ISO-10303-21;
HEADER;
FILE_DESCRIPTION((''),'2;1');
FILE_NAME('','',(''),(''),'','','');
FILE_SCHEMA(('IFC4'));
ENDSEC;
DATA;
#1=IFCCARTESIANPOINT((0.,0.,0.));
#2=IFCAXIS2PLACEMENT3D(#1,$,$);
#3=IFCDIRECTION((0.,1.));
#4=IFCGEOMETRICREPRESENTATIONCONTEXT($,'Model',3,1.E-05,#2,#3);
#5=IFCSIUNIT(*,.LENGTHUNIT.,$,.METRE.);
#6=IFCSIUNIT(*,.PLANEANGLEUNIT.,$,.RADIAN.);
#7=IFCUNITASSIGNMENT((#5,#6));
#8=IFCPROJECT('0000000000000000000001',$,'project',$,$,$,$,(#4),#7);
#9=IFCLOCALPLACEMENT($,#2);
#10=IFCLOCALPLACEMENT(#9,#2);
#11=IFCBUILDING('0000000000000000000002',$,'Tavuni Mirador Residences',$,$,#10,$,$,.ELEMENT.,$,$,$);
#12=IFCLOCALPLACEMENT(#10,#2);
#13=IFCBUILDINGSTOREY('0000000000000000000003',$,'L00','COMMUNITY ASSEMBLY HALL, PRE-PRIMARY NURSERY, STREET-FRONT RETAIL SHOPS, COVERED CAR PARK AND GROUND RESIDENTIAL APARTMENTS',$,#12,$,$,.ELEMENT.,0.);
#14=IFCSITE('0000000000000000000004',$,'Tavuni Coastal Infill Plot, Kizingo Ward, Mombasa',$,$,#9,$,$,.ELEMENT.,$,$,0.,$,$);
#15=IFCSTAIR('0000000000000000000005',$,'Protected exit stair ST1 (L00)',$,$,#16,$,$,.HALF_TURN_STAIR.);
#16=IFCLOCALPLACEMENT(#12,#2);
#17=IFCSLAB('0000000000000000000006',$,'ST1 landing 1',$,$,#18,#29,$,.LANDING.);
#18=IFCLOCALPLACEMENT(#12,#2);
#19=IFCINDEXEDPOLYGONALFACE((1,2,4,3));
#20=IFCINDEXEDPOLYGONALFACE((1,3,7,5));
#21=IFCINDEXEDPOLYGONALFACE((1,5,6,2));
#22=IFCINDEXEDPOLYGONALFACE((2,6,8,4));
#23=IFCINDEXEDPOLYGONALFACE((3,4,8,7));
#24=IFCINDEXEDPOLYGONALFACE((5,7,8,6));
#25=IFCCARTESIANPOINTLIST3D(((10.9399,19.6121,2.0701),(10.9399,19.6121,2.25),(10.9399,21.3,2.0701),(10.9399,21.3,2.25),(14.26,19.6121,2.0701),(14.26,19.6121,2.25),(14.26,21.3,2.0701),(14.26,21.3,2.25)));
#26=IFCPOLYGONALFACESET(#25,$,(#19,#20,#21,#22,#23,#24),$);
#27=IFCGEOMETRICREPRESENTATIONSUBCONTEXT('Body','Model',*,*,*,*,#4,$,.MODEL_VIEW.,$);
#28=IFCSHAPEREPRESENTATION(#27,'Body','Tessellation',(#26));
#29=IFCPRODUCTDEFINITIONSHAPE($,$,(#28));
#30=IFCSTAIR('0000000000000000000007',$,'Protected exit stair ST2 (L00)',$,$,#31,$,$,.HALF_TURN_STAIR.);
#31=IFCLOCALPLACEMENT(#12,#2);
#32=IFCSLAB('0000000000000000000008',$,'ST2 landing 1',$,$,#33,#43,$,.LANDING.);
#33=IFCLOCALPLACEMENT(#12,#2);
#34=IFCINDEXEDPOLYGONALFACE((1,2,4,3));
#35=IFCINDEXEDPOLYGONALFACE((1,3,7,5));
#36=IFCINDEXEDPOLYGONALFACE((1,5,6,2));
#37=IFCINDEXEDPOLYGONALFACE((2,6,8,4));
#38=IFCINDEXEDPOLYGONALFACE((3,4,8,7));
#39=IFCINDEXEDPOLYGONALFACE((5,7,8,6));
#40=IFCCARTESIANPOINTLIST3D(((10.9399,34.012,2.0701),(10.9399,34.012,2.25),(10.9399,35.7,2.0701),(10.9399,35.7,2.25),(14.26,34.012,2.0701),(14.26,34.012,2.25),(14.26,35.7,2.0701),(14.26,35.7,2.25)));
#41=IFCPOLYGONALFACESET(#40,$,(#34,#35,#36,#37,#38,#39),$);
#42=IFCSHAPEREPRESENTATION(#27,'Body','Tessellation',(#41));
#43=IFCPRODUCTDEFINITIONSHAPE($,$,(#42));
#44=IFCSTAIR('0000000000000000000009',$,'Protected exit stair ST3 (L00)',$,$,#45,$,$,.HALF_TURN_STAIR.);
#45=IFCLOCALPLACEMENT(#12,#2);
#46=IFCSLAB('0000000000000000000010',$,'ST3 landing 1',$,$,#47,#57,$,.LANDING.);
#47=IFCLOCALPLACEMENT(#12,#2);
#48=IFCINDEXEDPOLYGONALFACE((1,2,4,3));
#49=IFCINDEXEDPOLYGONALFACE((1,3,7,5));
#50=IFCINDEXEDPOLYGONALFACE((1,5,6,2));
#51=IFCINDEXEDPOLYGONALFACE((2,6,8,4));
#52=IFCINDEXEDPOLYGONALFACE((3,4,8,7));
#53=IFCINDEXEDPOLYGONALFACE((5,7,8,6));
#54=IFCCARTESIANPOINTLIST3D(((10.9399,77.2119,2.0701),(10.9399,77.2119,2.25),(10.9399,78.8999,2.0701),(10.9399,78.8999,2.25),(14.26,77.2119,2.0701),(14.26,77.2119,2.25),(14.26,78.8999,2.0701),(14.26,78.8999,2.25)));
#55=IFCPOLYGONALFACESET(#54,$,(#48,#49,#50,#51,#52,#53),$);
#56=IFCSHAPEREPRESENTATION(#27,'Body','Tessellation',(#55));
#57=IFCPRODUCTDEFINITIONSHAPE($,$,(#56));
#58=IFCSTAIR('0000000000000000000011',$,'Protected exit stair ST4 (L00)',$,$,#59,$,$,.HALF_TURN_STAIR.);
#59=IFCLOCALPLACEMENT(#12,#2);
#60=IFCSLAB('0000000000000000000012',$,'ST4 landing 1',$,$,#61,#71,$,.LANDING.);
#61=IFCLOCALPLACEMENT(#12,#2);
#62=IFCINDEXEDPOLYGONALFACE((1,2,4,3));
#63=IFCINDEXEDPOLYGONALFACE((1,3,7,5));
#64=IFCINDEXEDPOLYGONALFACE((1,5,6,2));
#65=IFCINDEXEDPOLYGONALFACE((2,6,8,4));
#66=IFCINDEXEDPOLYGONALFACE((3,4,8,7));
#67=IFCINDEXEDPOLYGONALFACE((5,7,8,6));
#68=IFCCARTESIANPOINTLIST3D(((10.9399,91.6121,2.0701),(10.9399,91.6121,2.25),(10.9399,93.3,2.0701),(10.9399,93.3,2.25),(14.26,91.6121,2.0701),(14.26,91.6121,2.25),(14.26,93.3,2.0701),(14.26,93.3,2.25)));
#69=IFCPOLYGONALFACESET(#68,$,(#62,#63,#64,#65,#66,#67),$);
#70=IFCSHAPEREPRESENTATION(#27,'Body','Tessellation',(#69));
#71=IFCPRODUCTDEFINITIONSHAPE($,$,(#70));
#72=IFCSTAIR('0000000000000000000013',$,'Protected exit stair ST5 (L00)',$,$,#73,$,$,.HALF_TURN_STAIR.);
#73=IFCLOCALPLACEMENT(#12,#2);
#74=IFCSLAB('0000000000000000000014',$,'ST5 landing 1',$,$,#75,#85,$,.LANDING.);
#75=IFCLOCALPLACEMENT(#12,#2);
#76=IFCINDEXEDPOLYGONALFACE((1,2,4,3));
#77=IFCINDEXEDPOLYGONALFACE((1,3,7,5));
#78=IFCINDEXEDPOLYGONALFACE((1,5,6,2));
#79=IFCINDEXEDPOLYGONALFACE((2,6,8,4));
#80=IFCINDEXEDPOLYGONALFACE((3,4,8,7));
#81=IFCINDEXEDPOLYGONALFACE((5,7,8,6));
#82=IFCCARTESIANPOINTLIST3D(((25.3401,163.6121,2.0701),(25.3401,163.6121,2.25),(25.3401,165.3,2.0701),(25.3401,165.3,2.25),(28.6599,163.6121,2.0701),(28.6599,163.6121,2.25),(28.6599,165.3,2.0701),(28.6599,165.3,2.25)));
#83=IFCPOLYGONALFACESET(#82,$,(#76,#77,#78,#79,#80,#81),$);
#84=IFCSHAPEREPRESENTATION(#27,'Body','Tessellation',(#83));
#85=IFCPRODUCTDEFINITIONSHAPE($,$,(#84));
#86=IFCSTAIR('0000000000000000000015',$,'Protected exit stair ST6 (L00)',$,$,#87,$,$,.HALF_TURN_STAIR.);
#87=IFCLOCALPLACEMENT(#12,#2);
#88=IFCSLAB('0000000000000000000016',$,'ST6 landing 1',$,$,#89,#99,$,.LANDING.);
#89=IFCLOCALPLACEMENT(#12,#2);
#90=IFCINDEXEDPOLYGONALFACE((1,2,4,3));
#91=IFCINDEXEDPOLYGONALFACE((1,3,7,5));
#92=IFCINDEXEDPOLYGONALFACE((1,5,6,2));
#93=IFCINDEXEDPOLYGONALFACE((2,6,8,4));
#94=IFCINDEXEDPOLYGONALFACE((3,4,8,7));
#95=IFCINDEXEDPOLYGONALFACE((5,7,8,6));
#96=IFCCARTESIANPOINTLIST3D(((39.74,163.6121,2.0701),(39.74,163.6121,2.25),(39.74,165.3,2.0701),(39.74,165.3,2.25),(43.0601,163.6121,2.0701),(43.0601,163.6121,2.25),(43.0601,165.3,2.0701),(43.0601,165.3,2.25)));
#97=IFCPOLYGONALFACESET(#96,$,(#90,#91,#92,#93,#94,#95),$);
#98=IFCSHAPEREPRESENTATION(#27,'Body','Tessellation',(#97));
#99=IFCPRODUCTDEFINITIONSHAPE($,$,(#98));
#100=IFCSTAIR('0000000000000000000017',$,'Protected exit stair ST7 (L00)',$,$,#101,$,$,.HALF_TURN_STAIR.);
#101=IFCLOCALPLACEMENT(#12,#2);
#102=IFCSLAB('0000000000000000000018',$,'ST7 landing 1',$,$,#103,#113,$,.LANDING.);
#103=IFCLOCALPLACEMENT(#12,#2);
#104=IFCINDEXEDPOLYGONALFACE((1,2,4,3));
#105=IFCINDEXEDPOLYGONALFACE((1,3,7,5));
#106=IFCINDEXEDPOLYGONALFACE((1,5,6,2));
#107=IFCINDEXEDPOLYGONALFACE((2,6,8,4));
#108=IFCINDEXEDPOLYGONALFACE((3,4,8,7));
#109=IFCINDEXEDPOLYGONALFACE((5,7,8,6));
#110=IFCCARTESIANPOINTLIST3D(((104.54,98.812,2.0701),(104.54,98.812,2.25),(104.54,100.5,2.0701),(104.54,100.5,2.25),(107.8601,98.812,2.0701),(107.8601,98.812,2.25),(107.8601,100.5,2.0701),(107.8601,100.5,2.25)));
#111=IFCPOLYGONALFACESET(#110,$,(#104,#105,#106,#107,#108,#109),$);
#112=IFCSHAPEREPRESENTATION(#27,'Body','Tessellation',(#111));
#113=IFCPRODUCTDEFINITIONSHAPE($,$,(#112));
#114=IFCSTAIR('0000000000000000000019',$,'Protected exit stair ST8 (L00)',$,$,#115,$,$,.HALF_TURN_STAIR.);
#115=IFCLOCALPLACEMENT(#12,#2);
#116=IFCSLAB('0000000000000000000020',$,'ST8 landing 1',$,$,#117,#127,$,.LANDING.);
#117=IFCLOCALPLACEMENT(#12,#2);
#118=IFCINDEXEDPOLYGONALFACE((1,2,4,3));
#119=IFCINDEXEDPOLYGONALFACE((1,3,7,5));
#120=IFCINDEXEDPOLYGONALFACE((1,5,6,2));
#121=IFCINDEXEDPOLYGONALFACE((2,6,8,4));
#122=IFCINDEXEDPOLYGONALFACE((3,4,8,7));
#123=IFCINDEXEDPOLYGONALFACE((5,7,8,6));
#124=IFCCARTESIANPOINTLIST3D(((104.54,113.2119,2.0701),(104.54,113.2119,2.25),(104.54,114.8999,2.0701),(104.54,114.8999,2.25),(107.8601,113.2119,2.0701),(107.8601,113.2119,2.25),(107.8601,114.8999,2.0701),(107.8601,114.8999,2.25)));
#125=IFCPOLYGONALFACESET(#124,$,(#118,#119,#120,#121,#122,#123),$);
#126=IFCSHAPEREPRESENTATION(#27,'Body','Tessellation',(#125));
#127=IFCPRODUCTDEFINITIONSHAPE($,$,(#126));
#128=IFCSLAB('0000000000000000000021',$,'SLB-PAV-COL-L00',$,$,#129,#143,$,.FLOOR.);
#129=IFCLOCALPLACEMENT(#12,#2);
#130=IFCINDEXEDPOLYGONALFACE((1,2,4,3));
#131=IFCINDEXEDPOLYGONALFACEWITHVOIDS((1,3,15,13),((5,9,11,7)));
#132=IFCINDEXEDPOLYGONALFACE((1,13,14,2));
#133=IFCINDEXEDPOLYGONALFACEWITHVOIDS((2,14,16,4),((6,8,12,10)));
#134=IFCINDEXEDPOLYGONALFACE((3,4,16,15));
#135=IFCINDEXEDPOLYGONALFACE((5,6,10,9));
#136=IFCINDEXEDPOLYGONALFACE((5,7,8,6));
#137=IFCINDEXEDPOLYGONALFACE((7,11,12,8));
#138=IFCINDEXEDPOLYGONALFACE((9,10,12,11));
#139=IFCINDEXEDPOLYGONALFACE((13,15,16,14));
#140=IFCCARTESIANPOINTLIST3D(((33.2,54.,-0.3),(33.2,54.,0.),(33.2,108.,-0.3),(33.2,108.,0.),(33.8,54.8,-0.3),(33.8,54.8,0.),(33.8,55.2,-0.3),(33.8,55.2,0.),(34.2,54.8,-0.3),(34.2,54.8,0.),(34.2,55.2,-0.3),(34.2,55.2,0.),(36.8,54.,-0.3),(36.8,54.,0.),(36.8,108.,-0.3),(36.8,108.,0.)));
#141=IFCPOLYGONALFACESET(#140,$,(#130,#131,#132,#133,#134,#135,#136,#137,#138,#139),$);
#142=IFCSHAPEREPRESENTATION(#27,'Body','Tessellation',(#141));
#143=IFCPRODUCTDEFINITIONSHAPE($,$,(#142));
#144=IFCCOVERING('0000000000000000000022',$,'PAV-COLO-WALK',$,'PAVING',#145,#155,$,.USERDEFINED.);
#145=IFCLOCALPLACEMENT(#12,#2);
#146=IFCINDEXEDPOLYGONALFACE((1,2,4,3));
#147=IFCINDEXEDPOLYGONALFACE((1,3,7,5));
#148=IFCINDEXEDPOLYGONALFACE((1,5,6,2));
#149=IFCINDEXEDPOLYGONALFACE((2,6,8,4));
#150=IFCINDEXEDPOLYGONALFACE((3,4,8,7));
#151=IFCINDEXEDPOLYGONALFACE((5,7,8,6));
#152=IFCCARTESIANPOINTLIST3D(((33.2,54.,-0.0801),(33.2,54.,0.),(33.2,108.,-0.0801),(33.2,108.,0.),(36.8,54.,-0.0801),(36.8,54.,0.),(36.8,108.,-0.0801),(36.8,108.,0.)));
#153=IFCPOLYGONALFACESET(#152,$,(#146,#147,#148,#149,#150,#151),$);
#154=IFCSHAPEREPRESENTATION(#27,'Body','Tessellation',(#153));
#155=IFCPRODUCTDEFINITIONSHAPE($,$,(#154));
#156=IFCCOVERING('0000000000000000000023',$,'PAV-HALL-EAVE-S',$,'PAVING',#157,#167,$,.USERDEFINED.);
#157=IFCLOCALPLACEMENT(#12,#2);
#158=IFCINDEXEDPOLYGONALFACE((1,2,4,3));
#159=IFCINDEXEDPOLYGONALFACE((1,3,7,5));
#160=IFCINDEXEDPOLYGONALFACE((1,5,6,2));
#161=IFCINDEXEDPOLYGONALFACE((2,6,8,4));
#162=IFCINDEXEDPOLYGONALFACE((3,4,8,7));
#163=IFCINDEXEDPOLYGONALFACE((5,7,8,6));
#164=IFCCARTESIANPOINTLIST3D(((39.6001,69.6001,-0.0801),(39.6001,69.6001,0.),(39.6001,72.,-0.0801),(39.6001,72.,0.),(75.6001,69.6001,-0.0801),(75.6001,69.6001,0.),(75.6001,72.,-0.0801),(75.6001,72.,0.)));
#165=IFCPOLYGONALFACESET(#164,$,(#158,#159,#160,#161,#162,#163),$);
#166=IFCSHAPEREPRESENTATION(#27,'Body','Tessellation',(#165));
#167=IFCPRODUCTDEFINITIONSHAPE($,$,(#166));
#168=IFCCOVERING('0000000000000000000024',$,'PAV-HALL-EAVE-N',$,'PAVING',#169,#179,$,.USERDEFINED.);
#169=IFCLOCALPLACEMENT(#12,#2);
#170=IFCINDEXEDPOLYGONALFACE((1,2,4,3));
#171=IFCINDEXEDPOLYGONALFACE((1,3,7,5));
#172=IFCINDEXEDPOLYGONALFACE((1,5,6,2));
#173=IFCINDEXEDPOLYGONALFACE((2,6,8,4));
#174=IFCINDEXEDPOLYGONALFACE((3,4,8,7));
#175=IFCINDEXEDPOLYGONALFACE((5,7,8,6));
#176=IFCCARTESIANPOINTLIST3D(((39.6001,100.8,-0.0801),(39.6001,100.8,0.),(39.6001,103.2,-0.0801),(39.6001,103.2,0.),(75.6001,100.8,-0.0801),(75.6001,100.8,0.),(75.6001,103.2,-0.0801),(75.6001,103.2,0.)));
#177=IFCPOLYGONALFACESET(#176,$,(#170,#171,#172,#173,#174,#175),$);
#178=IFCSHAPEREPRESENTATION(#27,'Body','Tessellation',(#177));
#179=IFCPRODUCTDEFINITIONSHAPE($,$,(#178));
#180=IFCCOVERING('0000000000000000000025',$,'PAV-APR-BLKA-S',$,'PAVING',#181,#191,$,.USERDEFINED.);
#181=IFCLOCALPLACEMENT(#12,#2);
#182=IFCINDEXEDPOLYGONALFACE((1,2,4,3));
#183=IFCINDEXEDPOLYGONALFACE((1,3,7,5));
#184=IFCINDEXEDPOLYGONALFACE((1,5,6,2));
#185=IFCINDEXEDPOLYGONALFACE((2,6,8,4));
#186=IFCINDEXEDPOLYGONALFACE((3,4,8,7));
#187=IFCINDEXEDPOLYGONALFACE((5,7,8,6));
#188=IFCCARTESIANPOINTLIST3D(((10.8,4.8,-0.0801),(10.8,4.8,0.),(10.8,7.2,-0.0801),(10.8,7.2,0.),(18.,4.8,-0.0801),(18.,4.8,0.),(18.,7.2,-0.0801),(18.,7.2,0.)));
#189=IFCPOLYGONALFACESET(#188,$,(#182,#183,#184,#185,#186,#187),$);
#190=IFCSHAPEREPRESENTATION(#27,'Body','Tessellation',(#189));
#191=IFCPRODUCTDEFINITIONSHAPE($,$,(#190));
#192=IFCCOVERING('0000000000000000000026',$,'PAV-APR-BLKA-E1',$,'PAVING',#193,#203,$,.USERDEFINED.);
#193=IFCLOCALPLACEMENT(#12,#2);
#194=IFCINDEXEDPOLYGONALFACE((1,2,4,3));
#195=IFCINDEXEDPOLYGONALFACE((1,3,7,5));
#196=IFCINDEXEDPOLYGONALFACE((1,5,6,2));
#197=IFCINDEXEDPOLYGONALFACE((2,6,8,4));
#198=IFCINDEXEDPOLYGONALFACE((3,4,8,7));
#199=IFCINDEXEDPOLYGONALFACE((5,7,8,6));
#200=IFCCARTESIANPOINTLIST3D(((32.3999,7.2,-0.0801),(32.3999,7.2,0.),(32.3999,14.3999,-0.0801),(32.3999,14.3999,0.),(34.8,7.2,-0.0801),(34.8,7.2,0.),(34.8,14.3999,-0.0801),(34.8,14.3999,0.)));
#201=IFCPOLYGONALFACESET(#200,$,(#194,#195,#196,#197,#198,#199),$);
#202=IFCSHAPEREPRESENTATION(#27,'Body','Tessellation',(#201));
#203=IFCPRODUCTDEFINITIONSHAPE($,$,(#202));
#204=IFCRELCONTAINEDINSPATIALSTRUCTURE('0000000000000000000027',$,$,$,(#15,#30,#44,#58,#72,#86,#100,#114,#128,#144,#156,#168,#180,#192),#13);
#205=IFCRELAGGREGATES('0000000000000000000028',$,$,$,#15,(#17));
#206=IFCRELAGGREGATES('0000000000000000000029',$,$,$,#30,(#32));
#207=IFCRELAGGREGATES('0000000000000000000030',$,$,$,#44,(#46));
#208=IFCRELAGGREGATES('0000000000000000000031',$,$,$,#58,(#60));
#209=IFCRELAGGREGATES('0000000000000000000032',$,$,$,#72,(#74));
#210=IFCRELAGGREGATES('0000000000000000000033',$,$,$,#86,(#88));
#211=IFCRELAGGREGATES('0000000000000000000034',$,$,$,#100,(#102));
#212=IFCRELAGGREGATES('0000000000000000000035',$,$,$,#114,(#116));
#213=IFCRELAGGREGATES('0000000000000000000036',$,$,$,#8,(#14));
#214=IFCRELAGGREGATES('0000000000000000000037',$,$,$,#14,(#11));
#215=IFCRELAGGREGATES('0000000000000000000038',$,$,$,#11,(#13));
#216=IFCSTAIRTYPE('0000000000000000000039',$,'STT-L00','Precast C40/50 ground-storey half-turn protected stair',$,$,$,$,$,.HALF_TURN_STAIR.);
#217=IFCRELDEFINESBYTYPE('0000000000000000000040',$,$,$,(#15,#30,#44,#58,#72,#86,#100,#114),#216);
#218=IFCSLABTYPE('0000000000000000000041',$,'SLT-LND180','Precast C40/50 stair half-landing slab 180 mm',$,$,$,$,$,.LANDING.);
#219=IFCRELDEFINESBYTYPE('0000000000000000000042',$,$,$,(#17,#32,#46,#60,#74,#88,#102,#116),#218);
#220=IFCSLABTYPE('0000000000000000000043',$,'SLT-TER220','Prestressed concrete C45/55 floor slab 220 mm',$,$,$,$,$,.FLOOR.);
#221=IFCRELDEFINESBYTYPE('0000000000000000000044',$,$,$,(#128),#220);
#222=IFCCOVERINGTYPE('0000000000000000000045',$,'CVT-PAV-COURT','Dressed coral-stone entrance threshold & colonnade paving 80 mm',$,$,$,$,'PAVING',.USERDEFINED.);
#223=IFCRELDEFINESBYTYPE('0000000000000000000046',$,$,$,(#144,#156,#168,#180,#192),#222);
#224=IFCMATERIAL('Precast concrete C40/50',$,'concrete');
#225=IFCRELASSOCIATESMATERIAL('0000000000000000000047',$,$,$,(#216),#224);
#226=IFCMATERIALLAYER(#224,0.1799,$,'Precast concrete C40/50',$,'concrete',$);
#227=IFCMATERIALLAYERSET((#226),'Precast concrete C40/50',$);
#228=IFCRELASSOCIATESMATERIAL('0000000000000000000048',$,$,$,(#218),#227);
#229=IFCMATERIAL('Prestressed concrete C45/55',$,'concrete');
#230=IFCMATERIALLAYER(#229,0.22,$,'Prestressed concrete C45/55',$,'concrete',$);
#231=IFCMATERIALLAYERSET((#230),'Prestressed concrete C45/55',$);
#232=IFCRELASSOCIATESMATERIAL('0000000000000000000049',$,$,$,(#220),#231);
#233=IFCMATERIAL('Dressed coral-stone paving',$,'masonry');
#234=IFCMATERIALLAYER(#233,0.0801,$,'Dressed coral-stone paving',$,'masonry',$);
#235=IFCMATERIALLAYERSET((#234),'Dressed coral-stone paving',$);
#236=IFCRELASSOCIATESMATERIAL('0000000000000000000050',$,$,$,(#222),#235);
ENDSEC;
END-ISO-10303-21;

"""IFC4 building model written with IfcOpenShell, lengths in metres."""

from ifc_helpers import new_model, si_unit, direction, frame, origin, place, context, subcontext, project, spatial, polyline, outline, extrude, material, layer, layer_set, type_object, element, aggregate, save


model = new_model("IFC4")

# Units and contexts
model_context = context("Model", 3, precision=1e-05, world=origin(), true_north=direction((0.0, 1.0)))
body_context = subcontext(model_context, "Body", "Model", "MODEL_VIEW")
ifc_project = project(units=[si_unit("LENGTHUNIT", "METRE"), si_unit("PLANEANGLEUNIT", "RADIAN")], contexts=[model_context])

# Site, building, storey
site_placement = place(None, origin())
site = spatial("IfcSite", under=ifc_project, at=site_placement, Name="Tavuni Coastal Infill Plot, Kizingo Ward, Mombasa", CompositionType="ELEMENT", RefElevation=0.0)
building_placement = place(site_placement, origin())
building = spatial("IfcBuilding", under=site, at=building_placement, Name="Tavuni Mirador Residences", CompositionType="ELEMENT")
storey_placement = place(building_placement, origin())
storey = spatial("IfcBuildingStorey", under=building, at=storey_placement, Name="L00", Description="COMMUNITY ASSEMBLY HALL, PRE-PRIMARY NURSERY, STREET-FRONT RETAIL SHOPS, COVERED CAR PARK AND GROUND RESIDENTIAL APARTMENTS", CompositionType="ELEMENT", Elevation=0.0)

# Stairs, slabs
ifc_material_1 = material(Name="Precast concrete C40/50", Category="concrete")
stair_type = type_object("IfcStairType", Name="STT-L00", Description="Precast C40/50 ground-storey half-turn protected stair", PredefinedType="HALF_TURN_STAIR", material=ifc_material_1)
stair_1_placement = place(storey_placement, origin())
stair_1 = element("IfcStair", 1, at=stair_1_placement, inside=storey, type_object=stair_type, Name="Protected exit stair ST1 (L00)", PredefinedType="HALF_TURN_STAIR")
ifc_layer_1 = layer(ifc_material_1, 0.1799, Name="Precast concrete C40/50", Category="concrete")
ifc_layer_set_1 = layer_set([ifc_layer_1], Name="Precast concrete C40/50")
slab_type_1 = type_object("IfcSlabType", Name="SLT-LND180", Description="Precast C40/50 stair half-landing slab 180 mm", PredefinedType="LANDING", material=ifc_layer_set_1)
slab_1_placement = place(storey_placement, frame((0.0, 0.0, 2.0701)))
slab_1 = element("IfcSlab", 2, at=slab_1_placement, type_object=slab_type_1, Name="ST1 landing 1", PredefinedType="LANDING", context=body_context, shape_type="SweptSolid", body=[
    extrude(outline(polyline([(10.9399, 19.6121), (14.26, 19.6121), (14.26, 21.3), (10.9399, 21.3), (10.9399, 19.6121)])), origin(), (0.0, 0.0, 1.0), 0.1799),
])
aggregate(stair_1, [slab_1])
stair_2_placement = place(storey_placement, origin())
stair_2 = element("IfcStair", 3, at=stair_2_placement, inside=storey, type_object=stair_type, Name="Protected exit stair ST2 (L00)", PredefinedType="HALF_TURN_STAIR")
slab_2_placement = place(storey_placement, frame((0.0, 0.0, 2.0701)))
slab_2 = element("IfcSlab", 4, at=slab_2_placement, type_object=slab_type_1, Name="ST2 landing 1", PredefinedType="LANDING", context=body_context, shape_type="SweptSolid", body=[
    extrude(outline(polyline([(10.9399, 34.012), (14.26, 34.012), (14.26, 35.7), (10.9399, 35.7), (10.9399, 34.012)])), origin(), (0.0, 0.0, 1.0), 0.1799),
])
aggregate(stair_2, [slab_2])
stair_3_placement = place(storey_placement, origin())
stair_3 = element("IfcStair", 5, at=stair_3_placement, inside=storey, type_object=stair_type, Name="Protected exit stair ST3 (L00)", PredefinedType="HALF_TURN_STAIR")
slab_3_placement = place(storey_placement, frame((0.0, 0.0, 2.0701)))
slab_3 = element("IfcSlab", 6, at=slab_3_placement, type_object=slab_type_1, Name="ST3 landing 1", PredefinedType="LANDING", context=body_context, shape_type="SweptSolid", body=[
    extrude(outline(polyline([(10.9399, 77.2119), (14.26, 77.2119), (14.26, 78.8999), (10.9399, 78.8999), (10.9399, 77.2119)])), origin(), (0.0, 0.0, 1.0), 0.1799),
])
aggregate(stair_3, [slab_3])
stair_4_placement = place(storey_placement, origin())
stair_4 = element("IfcStair", 7, at=stair_4_placement, inside=storey, type_object=stair_type, Name="Protected exit stair ST4 (L00)", PredefinedType="HALF_TURN_STAIR")
slab_4_placement = place(storey_placement, frame((0.0, 0.0, 2.0701)))
slab_4 = element("IfcSlab", 8, at=slab_4_placement, type_object=slab_type_1, Name="ST4 landing 1", PredefinedType="LANDING", context=body_context, shape_type="SweptSolid", body=[
    extrude(outline(polyline([(10.9399, 91.6121), (14.26, 91.6121), (14.26, 93.3), (10.9399, 93.3), (10.9399, 91.6121)])), origin(), (0.0, 0.0, 1.0), 0.1799),
])
aggregate(stair_4, [slab_4])
stair_5_placement = place(storey_placement, origin())
stair_5 = element("IfcStair", 9, at=stair_5_placement, inside=storey, type_object=stair_type, Name="Protected exit stair ST5 (L00)", PredefinedType="HALF_TURN_STAIR")
slab_5_placement = place(storey_placement, frame((0.0, 0.0, 2.0701)))
slab_5 = element("IfcSlab", 10, at=slab_5_placement, type_object=slab_type_1, Name="ST5 landing 1", PredefinedType="LANDING", context=body_context, shape_type="SweptSolid", body=[
    extrude(outline(polyline([(25.3401, 163.6121), (28.6599, 163.6121), (28.6599, 165.3), (25.3401, 165.3), (25.3401, 163.6121)])), origin(), (0.0, 0.0, 1.0), 0.1799),
])
aggregate(stair_5, [slab_5])
stair_6_placement = place(storey_placement, origin())
stair_6 = element("IfcStair", 11, at=stair_6_placement, inside=storey, type_object=stair_type, Name="Protected exit stair ST6 (L00)", PredefinedType="HALF_TURN_STAIR")
slab_6_placement = place(storey_placement, frame((0.0, 0.0, 2.0701)))
slab_6 = element("IfcSlab", 12, at=slab_6_placement, type_object=slab_type_1, Name="ST6 landing 1", PredefinedType="LANDING", context=body_context, shape_type="SweptSolid", body=[
    extrude(outline(polyline([(39.74, 163.6121), (43.0601, 163.6121), (43.0601, 165.3), (39.74, 165.3), (39.74, 163.6121)])), origin(), (0.0, 0.0, 1.0), 0.1799),
])
aggregate(stair_6, [slab_6])
stair_7_placement = place(storey_placement, origin())
stair_7 = element("IfcStair", 13, at=stair_7_placement, inside=storey, type_object=stair_type, Name="Protected exit stair ST7 (L00)", PredefinedType="HALF_TURN_STAIR")
slab_7_placement = place(storey_placement, frame((0.0, 0.0, 2.0701)))
slab_7 = element("IfcSlab", 14, at=slab_7_placement, type_object=slab_type_1, Name="ST7 landing 1", PredefinedType="LANDING", context=body_context, shape_type="SweptSolid", body=[
    extrude(outline(polyline([(104.54, 98.812), (107.8601, 98.812), (107.8601, 100.5), (104.54, 100.5), (104.54, 98.812)])), origin(), (0.0, 0.0, 1.0), 0.1799),
])
aggregate(stair_7, [slab_7])
stair_8_placement = place(storey_placement, origin())
stair_8 = element("IfcStair", 15, at=stair_8_placement, inside=storey, type_object=stair_type, Name="Protected exit stair ST8 (L00)", PredefinedType="HALF_TURN_STAIR")
slab_8_placement = place(storey_placement, frame((0.0, 0.0, 2.0701)))
slab_8 = element("IfcSlab", 16, at=slab_8_placement, type_object=slab_type_1, Name="ST8 landing 1", PredefinedType="LANDING", context=body_context, shape_type="SweptSolid", body=[
    extrude(outline(polyline([(104.54, 113.2119), (107.8601, 113.2119), (107.8601, 114.8999), (104.54, 114.8999), (104.54, 113.2119)])), origin(), (0.0, 0.0, 1.0), 0.1799),
])
aggregate(stair_8, [slab_8])

# Slab
ifc_material_2 = material(Name="Prestressed concrete C45/55", Category="concrete")
ifc_layer_2 = layer(ifc_material_2, 0.22, Name="Prestressed concrete C45/55", Category="concrete")
ifc_layer_set_2 = layer_set([ifc_layer_2], Name="Prestressed concrete C45/55")
slab_type_2 = type_object("IfcSlabType", Name="SLT-TER220", Description="Prestressed concrete C45/55 floor slab 220 mm", PredefinedType="FLOOR", material=ifc_layer_set_2)
slab_9_placement = place(storey_placement, frame((0.0, 0.0, -0.3)))
element("IfcSlab", 17, at=slab_9_placement, inside=storey, type_object=slab_type_2, Name="SLB-PAV-COL-L00", PredefinedType="FLOOR", context=body_context, shape_type="SweptSolid", body=[
    extrude(outline(polyline([(33.2, 54.0), (36.8, 54.0), (36.8, 108.0), (33.2, 108.0), (33.2, 54.0)]), holes=[polyline([(33.8, 54.8), (34.2, 54.8), (34.2, 55.2), (33.8, 55.2), (33.8, 54.8)])]), origin(), (0.0, 0.0, 1.0), 0.3),
])

# Coverings
ifc_material_3 = material(Name="Dressed coral-stone paving", Category="masonry")
ifc_layer_3 = layer(ifc_material_3, 0.0801, Name="Dressed coral-stone paving", Category="masonry")
ifc_layer_set_3 = layer_set([ifc_layer_3], Name="Dressed coral-stone paving")
covering_type = type_object("IfcCoveringType", Name="CVT-PAV-COURT", Description="Dressed coral-stone entrance threshold & colonnade paving 80 mm", ElementType="PAVING", PredefinedType="USERDEFINED", material=ifc_layer_set_3)
covering_1_placement = place(storey_placement, frame((0.0, 0.0, -0.0801)))
element("IfcCovering", 18, at=covering_1_placement, inside=storey, type_object=covering_type, Name="PAV-COLO-WALK", ObjectType="PAVING", PredefinedType="USERDEFINED", context=body_context, shape_type="SweptSolid", body=[
    extrude(outline(polyline([(33.2, 54.0), (36.8, 54.0), (36.8, 108.0), (33.2, 108.0), (33.2, 54.0)])), origin(), (0.0, 0.0, 1.0), 0.0801),
])
covering_2_placement = place(storey_placement, frame((0.0, 0.0, -0.0801)))
element("IfcCovering", 19, at=covering_2_placement, inside=storey, type_object=covering_type, Name="PAV-HALL-EAVE-S", ObjectType="PAVING", PredefinedType="USERDEFINED", context=body_context, shape_type="SweptSolid", body=[
    extrude(outline(polyline([(39.6001, 69.6001), (75.6001, 69.6001), (75.6001, 72.0), (39.6001, 72.0), (39.6001, 69.6001)])), origin(), (0.0, 0.0, 1.0), 0.0801),
])
covering_3_placement = place(storey_placement, frame((0.0, 0.0, -0.0801)))
element("IfcCovering", 20, at=covering_3_placement, inside=storey, type_object=covering_type, Name="PAV-HALL-EAVE-N", ObjectType="PAVING", PredefinedType="USERDEFINED", context=body_context, shape_type="SweptSolid", body=[
    extrude(outline(polyline([(39.6001, 100.8), (75.6001, 100.8), (75.6001, 103.2), (39.6001, 103.2), (39.6001, 100.8)])), origin(), (0.0, 0.0, 1.0), 0.0801),
])
covering_4_placement = place(storey_placement, frame((0.0, 0.0, -0.0801)))
element("IfcCovering", 21, at=covering_4_placement, inside=storey, type_object=covering_type, Name="PAV-APR-BLKA-S", ObjectType="PAVING", PredefinedType="USERDEFINED", context=body_context, shape_type="SweptSolid", body=[
    extrude(outline(polyline([(10.8, 4.8), (18.0, 4.8), (18.0, 7.2), (10.8, 7.2), (10.8, 4.8)])), origin(), (0.0, 0.0, 1.0), 0.0801),
])
covering_5_placement = place(storey_placement, frame((0.0, 0.0, -0.0801)))
element("IfcCovering", 22, at=covering_5_placement, inside=storey, type_object=covering_type, Name="PAV-APR-BLKA-E1", ObjectType="PAVING", PredefinedType="USERDEFINED", context=body_context, shape_type="SweptSolid", body=[
    extrude(outline(polyline([(32.3999, 7.2), (34.8, 7.2), (34.8, 14.3999), (32.3999, 14.3999), (32.3999, 7.2)])), origin(), (0.0, 0.0, 1.0), 0.0801),
])

save(model, "model.ifc")
